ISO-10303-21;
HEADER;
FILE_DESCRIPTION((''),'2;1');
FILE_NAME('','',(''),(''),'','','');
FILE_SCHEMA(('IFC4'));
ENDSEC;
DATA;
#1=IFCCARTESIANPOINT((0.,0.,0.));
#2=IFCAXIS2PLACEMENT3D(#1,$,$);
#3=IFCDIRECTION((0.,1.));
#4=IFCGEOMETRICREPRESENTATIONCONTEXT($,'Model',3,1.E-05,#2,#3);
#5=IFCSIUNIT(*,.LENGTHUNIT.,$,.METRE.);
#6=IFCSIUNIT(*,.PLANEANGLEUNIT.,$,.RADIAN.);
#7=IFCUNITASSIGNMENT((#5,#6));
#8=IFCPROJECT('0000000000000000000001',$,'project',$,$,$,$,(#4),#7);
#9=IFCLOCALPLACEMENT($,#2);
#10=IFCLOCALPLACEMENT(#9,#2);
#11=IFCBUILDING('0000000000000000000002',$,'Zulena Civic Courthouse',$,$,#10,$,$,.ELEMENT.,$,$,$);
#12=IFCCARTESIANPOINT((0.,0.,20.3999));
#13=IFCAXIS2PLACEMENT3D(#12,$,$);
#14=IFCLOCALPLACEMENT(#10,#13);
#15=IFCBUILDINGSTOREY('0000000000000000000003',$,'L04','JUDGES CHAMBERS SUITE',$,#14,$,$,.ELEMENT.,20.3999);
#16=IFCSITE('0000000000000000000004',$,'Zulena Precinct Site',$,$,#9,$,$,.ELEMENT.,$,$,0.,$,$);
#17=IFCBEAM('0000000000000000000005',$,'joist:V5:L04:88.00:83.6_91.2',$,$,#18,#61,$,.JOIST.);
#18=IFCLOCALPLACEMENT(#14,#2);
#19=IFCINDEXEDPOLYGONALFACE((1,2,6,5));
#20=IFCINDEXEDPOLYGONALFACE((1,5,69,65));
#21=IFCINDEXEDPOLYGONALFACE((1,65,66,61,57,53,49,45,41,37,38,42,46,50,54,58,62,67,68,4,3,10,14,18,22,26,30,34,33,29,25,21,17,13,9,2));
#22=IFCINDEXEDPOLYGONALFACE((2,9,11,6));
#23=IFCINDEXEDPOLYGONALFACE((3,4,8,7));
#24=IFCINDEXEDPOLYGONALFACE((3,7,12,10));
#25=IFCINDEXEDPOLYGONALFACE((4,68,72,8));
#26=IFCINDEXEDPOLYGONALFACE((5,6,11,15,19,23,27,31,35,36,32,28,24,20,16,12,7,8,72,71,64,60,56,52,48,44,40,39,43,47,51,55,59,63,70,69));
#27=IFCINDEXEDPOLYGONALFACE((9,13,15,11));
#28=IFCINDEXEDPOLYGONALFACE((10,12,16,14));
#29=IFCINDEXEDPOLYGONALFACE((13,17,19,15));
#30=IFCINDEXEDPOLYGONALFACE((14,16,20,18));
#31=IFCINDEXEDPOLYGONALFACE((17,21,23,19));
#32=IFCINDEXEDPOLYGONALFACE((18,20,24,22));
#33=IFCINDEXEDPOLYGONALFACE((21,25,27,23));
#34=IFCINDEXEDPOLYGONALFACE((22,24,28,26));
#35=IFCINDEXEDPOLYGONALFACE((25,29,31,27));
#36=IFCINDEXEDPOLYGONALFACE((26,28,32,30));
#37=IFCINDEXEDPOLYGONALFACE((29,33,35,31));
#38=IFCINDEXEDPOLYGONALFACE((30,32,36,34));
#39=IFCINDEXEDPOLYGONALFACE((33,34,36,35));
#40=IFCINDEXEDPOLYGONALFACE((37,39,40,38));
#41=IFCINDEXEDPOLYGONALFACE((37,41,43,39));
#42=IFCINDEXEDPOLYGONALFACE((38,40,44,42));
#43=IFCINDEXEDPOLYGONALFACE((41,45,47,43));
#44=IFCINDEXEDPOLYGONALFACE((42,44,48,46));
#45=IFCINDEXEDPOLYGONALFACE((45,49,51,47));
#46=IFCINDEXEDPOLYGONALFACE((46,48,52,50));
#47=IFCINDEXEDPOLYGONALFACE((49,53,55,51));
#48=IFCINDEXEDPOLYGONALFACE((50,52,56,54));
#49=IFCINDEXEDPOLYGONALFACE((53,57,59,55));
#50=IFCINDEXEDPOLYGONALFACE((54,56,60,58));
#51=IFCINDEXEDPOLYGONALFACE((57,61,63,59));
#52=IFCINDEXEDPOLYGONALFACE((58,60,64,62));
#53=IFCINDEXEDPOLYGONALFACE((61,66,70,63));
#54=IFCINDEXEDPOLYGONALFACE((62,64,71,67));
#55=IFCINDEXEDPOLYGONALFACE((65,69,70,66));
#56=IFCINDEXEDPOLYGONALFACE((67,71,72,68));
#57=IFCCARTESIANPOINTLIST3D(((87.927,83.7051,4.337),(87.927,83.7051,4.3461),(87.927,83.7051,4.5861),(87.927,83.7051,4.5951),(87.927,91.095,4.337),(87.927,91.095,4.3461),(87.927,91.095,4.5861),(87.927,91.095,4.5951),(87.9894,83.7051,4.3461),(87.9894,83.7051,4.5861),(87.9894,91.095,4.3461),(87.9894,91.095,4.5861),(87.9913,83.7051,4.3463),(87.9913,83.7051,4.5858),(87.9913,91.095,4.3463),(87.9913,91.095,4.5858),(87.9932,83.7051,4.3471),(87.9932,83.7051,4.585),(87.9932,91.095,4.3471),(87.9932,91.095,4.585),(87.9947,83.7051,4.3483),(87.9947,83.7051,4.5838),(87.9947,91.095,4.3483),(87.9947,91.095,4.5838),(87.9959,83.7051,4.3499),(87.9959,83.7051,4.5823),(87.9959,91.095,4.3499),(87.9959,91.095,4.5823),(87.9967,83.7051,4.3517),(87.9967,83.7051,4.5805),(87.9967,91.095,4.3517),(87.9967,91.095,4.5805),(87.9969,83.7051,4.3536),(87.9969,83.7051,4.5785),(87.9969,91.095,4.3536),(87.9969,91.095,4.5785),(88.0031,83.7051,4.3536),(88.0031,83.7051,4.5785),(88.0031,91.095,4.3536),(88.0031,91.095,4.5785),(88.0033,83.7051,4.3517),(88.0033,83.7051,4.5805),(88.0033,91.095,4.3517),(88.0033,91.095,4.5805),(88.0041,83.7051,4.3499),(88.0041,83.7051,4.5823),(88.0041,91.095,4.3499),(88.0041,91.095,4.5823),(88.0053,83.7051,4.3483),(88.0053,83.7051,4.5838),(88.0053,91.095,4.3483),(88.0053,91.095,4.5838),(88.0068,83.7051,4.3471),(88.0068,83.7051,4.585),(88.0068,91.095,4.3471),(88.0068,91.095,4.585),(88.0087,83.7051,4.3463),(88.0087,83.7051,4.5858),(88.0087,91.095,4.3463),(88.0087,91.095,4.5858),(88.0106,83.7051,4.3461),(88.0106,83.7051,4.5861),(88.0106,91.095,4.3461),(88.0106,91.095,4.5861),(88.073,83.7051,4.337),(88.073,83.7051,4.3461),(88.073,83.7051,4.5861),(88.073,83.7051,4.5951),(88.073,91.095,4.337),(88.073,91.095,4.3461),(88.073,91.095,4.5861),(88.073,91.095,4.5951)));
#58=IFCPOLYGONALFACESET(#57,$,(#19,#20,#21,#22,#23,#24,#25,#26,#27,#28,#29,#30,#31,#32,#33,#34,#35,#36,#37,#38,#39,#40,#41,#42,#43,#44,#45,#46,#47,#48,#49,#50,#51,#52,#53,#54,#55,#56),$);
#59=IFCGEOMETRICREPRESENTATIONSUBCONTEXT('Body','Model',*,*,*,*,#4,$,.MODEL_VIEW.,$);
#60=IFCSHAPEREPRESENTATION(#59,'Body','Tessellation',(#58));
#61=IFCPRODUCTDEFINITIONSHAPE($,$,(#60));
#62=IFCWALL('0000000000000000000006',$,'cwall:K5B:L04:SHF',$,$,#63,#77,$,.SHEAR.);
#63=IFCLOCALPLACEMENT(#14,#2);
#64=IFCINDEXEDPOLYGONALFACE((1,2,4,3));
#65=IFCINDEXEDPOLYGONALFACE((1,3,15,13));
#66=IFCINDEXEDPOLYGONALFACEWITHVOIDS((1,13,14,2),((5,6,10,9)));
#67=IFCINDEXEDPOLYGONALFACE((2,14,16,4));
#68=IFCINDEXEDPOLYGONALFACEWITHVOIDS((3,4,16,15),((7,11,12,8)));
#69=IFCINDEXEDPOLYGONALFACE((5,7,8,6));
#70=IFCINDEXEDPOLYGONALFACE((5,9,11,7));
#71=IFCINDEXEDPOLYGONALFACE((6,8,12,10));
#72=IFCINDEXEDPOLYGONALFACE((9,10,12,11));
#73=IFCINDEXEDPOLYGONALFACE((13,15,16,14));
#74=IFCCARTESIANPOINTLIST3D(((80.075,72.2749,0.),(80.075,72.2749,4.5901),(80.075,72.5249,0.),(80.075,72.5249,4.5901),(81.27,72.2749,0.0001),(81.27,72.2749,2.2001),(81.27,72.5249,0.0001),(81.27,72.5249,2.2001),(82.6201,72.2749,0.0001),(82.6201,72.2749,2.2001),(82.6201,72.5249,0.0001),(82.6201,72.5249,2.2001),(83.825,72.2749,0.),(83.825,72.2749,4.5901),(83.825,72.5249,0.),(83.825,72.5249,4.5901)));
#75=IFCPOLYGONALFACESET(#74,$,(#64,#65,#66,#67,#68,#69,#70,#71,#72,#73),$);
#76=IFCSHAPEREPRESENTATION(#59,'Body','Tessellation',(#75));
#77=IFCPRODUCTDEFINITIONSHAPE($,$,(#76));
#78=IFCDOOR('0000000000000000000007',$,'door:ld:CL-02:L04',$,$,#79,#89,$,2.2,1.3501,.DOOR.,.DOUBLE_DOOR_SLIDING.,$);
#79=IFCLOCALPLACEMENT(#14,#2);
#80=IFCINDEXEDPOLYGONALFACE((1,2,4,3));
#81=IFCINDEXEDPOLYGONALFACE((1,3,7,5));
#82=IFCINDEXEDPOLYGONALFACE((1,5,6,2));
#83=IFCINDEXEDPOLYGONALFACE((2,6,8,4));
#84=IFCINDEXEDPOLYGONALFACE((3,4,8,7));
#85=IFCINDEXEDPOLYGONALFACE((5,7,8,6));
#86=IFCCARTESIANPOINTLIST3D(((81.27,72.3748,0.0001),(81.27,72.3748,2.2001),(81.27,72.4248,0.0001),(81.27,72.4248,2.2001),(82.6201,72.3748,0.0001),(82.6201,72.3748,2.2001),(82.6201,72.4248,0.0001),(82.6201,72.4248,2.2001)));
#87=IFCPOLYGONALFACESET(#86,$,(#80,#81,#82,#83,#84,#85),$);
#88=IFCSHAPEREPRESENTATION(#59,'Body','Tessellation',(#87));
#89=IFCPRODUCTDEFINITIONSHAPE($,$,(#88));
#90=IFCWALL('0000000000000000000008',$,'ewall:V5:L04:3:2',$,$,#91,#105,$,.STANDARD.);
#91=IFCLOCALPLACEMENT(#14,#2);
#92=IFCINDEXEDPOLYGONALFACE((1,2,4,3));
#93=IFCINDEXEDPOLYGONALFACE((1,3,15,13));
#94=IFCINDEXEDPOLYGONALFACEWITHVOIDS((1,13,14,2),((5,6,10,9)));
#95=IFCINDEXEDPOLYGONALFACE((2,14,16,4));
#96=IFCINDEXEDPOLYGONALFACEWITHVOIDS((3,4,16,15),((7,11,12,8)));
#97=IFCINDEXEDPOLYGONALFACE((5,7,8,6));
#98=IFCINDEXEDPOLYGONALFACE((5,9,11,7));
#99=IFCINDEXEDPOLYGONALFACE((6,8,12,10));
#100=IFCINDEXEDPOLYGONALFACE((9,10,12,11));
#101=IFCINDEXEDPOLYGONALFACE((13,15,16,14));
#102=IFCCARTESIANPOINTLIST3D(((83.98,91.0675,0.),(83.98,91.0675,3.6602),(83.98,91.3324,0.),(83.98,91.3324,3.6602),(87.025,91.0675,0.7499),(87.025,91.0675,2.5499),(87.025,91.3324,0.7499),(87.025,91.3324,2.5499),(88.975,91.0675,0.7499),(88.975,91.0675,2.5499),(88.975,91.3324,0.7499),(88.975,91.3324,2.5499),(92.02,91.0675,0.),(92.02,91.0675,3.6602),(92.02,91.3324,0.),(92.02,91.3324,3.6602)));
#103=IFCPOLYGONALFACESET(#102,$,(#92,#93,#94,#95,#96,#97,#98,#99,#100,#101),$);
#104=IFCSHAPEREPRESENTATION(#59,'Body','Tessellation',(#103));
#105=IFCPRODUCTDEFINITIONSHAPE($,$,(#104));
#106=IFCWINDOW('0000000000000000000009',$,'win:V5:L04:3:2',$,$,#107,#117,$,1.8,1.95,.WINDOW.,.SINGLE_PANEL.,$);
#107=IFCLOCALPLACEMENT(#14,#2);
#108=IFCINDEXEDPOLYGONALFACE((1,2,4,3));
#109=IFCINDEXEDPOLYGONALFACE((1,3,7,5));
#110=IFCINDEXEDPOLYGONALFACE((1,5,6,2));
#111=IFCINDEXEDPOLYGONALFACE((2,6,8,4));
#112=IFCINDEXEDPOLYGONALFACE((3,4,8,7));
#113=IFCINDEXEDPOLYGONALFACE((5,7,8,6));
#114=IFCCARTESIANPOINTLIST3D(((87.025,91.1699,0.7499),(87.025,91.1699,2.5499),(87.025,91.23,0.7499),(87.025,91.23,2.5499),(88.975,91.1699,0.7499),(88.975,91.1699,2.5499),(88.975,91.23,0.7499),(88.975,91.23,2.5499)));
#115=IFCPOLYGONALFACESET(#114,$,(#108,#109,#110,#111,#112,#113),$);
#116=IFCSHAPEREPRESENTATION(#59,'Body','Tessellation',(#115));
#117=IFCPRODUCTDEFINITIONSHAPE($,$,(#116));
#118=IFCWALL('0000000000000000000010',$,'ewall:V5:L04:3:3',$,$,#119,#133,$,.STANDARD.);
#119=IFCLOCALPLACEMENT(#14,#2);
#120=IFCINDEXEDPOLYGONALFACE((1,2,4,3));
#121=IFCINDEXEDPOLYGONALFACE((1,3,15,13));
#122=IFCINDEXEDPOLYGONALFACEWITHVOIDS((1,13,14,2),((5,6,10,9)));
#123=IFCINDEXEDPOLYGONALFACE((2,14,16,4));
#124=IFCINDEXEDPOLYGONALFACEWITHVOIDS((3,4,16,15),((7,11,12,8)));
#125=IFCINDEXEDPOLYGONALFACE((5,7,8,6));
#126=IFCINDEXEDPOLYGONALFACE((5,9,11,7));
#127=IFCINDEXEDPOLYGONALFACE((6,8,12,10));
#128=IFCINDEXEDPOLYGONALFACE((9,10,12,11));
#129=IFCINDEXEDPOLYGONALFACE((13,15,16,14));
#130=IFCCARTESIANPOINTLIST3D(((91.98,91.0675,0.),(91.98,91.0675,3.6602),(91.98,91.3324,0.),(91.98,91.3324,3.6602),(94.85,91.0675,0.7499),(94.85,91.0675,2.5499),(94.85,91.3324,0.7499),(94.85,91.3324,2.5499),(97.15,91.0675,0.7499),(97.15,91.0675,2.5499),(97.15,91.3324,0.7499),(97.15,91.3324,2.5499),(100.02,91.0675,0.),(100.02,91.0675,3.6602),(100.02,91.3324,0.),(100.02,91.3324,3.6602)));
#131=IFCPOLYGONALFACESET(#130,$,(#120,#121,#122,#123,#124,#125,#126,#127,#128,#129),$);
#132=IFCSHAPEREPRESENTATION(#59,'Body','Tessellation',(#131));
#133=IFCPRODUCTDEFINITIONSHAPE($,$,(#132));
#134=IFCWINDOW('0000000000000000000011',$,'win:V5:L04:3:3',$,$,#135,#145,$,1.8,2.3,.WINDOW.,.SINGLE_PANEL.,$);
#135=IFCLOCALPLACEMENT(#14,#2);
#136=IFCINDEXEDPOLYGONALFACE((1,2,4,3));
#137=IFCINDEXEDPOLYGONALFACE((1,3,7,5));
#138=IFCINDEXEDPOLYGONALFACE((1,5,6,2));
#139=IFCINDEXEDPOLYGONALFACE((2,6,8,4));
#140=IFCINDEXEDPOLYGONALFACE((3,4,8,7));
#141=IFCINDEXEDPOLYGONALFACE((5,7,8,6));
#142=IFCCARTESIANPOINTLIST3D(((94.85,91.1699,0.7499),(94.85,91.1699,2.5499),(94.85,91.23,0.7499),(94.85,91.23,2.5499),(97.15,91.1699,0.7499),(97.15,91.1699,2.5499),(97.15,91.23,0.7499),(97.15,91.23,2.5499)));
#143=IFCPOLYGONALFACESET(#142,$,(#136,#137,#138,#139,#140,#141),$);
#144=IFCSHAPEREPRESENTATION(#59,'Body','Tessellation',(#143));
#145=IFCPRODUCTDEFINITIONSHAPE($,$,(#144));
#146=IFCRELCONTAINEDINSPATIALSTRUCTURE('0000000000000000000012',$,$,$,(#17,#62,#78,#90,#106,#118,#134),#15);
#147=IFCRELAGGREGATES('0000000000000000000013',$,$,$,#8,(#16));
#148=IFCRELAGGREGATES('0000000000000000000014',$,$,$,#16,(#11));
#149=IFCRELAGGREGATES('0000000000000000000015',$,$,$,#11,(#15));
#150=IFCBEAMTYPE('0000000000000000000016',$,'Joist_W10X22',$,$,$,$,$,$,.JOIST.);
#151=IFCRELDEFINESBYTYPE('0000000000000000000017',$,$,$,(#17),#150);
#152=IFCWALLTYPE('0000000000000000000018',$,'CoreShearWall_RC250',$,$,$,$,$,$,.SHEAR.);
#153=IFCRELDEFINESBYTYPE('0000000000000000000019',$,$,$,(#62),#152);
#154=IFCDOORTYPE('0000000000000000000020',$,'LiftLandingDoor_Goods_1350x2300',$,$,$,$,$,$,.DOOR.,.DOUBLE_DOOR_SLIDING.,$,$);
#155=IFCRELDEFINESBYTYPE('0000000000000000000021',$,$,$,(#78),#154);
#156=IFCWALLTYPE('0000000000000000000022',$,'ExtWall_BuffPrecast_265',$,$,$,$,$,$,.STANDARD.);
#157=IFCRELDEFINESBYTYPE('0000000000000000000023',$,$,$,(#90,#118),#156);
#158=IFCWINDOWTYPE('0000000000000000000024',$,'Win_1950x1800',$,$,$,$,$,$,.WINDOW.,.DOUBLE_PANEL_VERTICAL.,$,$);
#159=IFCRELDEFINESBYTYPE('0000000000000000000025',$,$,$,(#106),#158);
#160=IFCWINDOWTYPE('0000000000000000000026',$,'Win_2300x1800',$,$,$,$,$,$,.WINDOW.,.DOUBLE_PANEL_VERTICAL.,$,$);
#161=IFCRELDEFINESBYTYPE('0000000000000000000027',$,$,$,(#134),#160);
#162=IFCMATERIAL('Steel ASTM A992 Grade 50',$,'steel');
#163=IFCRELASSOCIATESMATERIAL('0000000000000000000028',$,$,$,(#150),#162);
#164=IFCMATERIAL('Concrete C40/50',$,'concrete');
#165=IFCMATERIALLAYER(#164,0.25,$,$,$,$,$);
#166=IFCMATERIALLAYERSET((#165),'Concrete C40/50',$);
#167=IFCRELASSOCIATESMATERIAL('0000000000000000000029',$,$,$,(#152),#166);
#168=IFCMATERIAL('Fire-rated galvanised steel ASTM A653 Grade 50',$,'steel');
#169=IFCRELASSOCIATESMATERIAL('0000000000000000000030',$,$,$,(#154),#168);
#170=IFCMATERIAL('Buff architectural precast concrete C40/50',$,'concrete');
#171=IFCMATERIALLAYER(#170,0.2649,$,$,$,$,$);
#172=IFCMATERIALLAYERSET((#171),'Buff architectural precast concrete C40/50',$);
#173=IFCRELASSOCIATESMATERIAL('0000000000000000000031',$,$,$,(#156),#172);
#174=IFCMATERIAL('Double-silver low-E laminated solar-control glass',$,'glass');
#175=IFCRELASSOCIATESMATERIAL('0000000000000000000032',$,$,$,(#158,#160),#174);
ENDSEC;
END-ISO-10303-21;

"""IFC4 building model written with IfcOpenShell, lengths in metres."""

from ifc_helpers import new_model, si_unit, direction, frame, frame_2d, origin, origin_2d, place, context, subcontext, project, spatial, rectangle, i_section, extrude, material, layer, layer_set, material_profile, profile_set, type_object, element, fill, save


model = new_model("IFC4")

# Units and contexts
model_context = context("Model", 3, precision=1e-05, world=origin(), true_north=direction((0.0, 1.0)))
body_context = subcontext(model_context, "Body", "Model", "MODEL_VIEW")
ifc_project = project(units=[si_unit("LENGTHUNIT", "METRE"), si_unit("PLANEANGLEUNIT", "RADIAN")], contexts=[model_context])

# Site, building, storey
site_placement = place(None, origin())
site = spatial("IfcSite", under=ifc_project, at=site_placement, Name="Zulena Precinct Site", CompositionType="ELEMENT", RefElevation=0.0)
building_placement = place(site_placement, origin())
building = spatial("IfcBuilding", under=site, at=building_placement, Name="Zulena Civic Courthouse", CompositionType="ELEMENT")
storey_placement = place(building_placement, frame((0.0, 0.0, 20.3999)))
storey = spatial("IfcBuildingStorey", under=building, at=storey_placement, Name="L04", Description="JUDGES CHAMBERS SUITE", CompositionType="ELEMENT", Elevation=20.3999)

# Shared definitions
ifc_material_1 = material(Name="Steel ASTM A992 Grade 50", Category="steel")

# Beam
ifc_material_profile_1 = material_profile(ifc_material_1, i_section(OverallWidth=0.146, OverallDepth=0.2581, WebThickness=0.0061, FlangeThickness=0.009, FilletRadius=0.0076, at=origin_2d()), Name="W10X22")
ifc_profile_set_1 = profile_set([ifc_material_profile_1], Name="Steel ASTM A992 Grade 50")
beam_type_1 = type_object("IfcBeamType", Name="Joist_W10X22", PredefinedType="JOIST", material=ifc_profile_set_1)
beam_1_placement = place(storey_placement, frame((88.0, 83.7051, 4.4661), z_axis=(0.0, 1.0, 0.0), x_axis=(-1.0, 0.0, 0.0)))
element("IfcBeam", 1, at=beam_1_placement, inside=storey, type_object=beam_type_1, Name="joist:V5:L04:88.00:83.6_91.2", PredefinedType="JOIST", context=body_context, shape_type="SweptSolid", body=[
    extrude(i_section(OverallWidth=0.146, OverallDepth=0.2581, WebThickness=0.0061, FlangeThickness=0.009, FilletRadius=0.0076, at=origin_2d()), origin(), (0.0, 0.0, 1.0), 7.3899),
])

# Wall, opening, door
ifc_material_2 = material(Name="Concrete C40/50", Category="concrete")
ifc_layer_1 = layer(ifc_material_2, 0.25)
ifc_layer_set_1 = layer_set([ifc_layer_1], Name="Concrete C40/50")
wall_type_1 = type_object("IfcWallType", Name="CoreShearWall_RC250", PredefinedType="SHEAR", material=ifc_layer_set_1)
wall_1_placement = place(storey_placement, frame((80.075, 72.3999, 0.0), z_axis=(0.0, 0.0, 1.0), x_axis=(1.0, 0.0, 0.0)))
wall_1 = element("IfcWall", 2, at=wall_1_placement, inside=storey, type_object=wall_type_1, Name="cwall:K5B:L04:SHF", PredefinedType="SHEAR", context=body_context, shape_type="SweptSolid", body=[
    extrude(rectangle(XDim=3.75, YDim=0.25, at=frame_2d((1.875, 0.0))), origin(), (0.0, 0.0, 1.0), 4.5901),
])
opening_1_placement = place(wall_1_placement, frame((1.1951, 0.0, 0.0)))
opening_1 = element("IfcOpeningElement", 3, at=opening_1_placement, cuts=wall_1, PredefinedType="OPENING", context=body_context, shape_type="SweptSolid", body=[
    extrude(rectangle(XDim=1.3501, YDim=2.2, at=frame_2d((0.675, 1.1001))), frame((0.0, 0.135, 0.0), z_axis=(0.0, -1.0, 0.0), x_axis=(1.0, 0.0, 0.0)), (0.0, 0.0, 1.0), 0.27),
])
ifc_material_3 = material(Name="Fire-rated galvanised steel ASTM A653 Grade 50", Category="steel")
door_type_1 = type_object("IfcDoorType", Name="LiftLandingDoor_Goods_1350x2300", OperationType="DOUBLE_DOOR_SLIDING", PredefinedType="DOOR", material=ifc_material_3)
door_1_placement = place(opening_1_placement, origin())
door_1 = element("IfcDoor", 4, at=door_1_placement, inside=storey, type_object=door_type_1, Name="door:ld:CL-02:L04", OperationType="DOUBLE_DOOR_SLIDING", OverallHeight=2.2, OverallWidth=1.3501, PredefinedType="DOOR", context=body_context, shape_type="SweptSolid", body=[
    extrude(rectangle(XDim=1.3501, YDim=2.2, at=frame_2d((0.675, 1.1001))), frame((0.0, 0.0249, 0.0), z_axis=(0.0, -1.0, 0.0), x_axis=(1.0, 0.0, 0.0)), (0.0, 0.0, 1.0), 0.05),
])
fill(opening_1, door_1)

# Walls, openings, windows
ifc_material_4 = material(Name="Buff architectural precast concrete C40/50", Category="concrete")
ifc_layer_2 = layer(ifc_material_4, 0.2649)
ifc_layer_set_2 = layer_set([ifc_layer_2], Name="Buff architectural precast concrete C40/50")
wall_type_2 = type_object("IfcWallType", Name="ExtWall_BuffPrecast_265", PredefinedType="STANDARD", material=ifc_layer_set_2)
wall_2_placement = place(storey_placement, frame((83.98, 91.2, 0.0), z_axis=(0.0, 0.0, 1.0), x_axis=(1.0, 0.0, 0.0)))
wall_2 = element("IfcWall", 5, at=wall_2_placement, inside=storey, type_object=wall_type_2, Name="ewall:V5:L04:3:2", PredefinedType="STANDARD", context=body_context, shape_type="SweptSolid", body=[
    extrude(rectangle(XDim=8.04, YDim=0.2649, at=frame_2d((4.02, 0.0))), origin(), (0.0, 0.0, 1.0), 3.6602),
])
opening_2_placement = place(wall_2_placement, frame((3.0449, 0.0, 0.75)))
opening_2 = element("IfcOpeningElement", 6, at=opening_2_placement, cuts=wall_2, PredefinedType="OPENING", context=body_context, shape_type="SweptSolid", body=[
    extrude(rectangle(XDim=1.95, YDim=1.8, at=frame_2d((0.9751, 0.8999))), frame((0.0, 0.1423, 0.0), z_axis=(0.0, -1.0, 0.0), x_axis=(1.0, 0.0, 0.0)), (0.0, 0.0, 1.0), 0.2849),
])
ifc_material_5 = material(Name="Double-silver low-E laminated solar-control glass", Category="glass")
window_type_1 = type_object("IfcWindowType", Name="Win_1950x1800", PartitioningType="DOUBLE_PANEL_VERTICAL", PredefinedType="WINDOW", material=ifc_material_5)
window_1_placement = place(opening_2_placement, origin())
window_1 = element("IfcWindow", 7, at=window_1_placement, inside=storey, type_object=window_type_1, Name="win:V5:L04:3:2", OverallHeight=1.8, OverallWidth=1.95, PartitioningType="SINGLE_PANEL", PredefinedType="WINDOW", context=body_context, shape_type="SweptSolid", body=[
    extrude(rectangle(XDim=1.95, YDim=1.8, at=frame_2d((0.9751, 0.8999))), frame((0.0, 0.03, 0.0), z_axis=(0.0, -1.0, 0.0), x_axis=(1.0, 0.0, 0.0)), (0.0, 0.0, 1.0), 0.0601),
])
fill(opening_2, window_1)
wall_3_placement = place(storey_placement, frame((91.98, 91.2, 0.0), z_axis=(0.0, 0.0, 1.0), x_axis=(1.0, 0.0, 0.0)))
wall_3 = element("IfcWall", 8, at=wall_3_placement, inside=storey, type_object=wall_type_2, Name="ewall:V5:L04:3:3", PredefinedType="STANDARD", context=body_context, shape_type="SweptSolid", body=[
    extrude(rectangle(XDim=8.04, YDim=0.2649, at=frame_2d((4.02, 0.0))), origin(), (0.0, 0.0, 1.0), 3.6602),
])
opening_3_placement = place(wall_3_placement, frame((2.8701, 0.0, 0.75)))
opening_3 = element("IfcOpeningElement", 9, at=opening_3_placement, cuts=wall_3, PredefinedType="OPENING", context=body_context, shape_type="SweptSolid", body=[
    extrude(rectangle(XDim=2.3, YDim=1.8, at=frame_2d((1.1499, 0.8999))), frame((0.0, 0.1423, 0.0), z_axis=(0.0, -1.0, 0.0), x_axis=(1.0, 0.0, 0.0)), (0.0, 0.0, 1.0), 0.2849),
])
window_type_2 = type_object("IfcWindowType", Name="Win_2300x1800", PartitioningType="DOUBLE_PANEL_VERTICAL", PredefinedType="WINDOW", material=ifc_material_5)
window_2_placement = place(opening_3_placement, origin())
window_2 = element("IfcWindow", 10, at=window_2_placement, inside=storey, type_object=window_type_2, Name="win:V5:L04:3:3", OverallHeight=1.8, OverallWidth=2.3, PartitioningType="SINGLE_PANEL", PredefinedType="WINDOW", context=body_context, shape_type="SweptSolid", body=[
    extrude(rectangle(XDim=2.3, YDim=1.8, at=frame_2d((1.1499, 0.8999))), frame((0.0, 0.03, 0.0), z_axis=(0.0, -1.0, 0.0), x_axis=(1.0, 0.0, 0.0)), (0.0, 0.0, 1.0), 0.0601),
])
fill(opening_3, window_2)

save(model, "model.ifc")
